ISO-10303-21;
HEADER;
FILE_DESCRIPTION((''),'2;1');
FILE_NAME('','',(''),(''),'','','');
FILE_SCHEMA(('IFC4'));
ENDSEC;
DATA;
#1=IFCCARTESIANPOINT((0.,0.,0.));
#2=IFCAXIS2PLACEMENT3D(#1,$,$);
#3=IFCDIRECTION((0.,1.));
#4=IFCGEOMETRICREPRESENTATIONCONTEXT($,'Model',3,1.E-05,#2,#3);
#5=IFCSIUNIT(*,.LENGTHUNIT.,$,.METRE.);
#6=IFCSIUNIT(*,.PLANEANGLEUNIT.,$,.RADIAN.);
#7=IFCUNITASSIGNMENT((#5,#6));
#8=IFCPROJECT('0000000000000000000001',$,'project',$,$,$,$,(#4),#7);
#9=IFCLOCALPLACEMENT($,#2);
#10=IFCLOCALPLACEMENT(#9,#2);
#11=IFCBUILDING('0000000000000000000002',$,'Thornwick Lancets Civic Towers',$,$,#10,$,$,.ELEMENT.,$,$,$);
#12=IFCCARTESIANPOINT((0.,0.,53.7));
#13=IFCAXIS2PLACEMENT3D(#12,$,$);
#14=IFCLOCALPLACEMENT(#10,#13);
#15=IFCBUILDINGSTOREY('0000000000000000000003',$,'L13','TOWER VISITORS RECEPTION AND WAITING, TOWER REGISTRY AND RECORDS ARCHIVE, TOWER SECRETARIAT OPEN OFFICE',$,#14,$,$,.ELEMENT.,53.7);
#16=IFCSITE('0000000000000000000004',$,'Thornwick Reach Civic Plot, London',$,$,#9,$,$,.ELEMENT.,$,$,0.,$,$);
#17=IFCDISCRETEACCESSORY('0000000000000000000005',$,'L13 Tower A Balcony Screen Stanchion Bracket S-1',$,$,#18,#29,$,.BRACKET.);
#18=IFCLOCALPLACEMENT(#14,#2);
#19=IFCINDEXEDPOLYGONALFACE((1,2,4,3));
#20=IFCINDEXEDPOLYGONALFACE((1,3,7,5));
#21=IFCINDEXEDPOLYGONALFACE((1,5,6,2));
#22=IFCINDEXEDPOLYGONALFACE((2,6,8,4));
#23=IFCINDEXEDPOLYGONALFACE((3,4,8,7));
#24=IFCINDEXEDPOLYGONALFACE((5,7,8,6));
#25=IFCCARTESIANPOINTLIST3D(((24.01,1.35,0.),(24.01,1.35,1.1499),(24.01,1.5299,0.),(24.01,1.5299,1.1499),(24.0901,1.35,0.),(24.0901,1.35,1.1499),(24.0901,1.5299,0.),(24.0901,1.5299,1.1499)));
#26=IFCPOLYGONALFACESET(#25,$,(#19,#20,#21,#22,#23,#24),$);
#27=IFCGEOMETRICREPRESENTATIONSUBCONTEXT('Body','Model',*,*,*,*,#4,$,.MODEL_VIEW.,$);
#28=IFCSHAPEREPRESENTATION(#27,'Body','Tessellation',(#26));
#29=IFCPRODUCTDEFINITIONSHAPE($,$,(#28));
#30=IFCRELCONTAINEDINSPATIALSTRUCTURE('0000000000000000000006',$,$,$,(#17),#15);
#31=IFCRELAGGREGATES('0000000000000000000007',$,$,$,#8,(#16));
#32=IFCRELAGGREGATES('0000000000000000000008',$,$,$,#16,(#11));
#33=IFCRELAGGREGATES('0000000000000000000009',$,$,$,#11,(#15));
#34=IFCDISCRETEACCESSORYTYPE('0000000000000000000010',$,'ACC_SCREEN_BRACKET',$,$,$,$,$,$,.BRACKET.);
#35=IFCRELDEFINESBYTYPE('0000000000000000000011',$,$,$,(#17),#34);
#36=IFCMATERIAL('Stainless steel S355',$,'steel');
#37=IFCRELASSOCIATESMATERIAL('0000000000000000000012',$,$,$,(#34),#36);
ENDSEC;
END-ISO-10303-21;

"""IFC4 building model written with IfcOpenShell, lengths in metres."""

from ifc_helpers import new_model, si_unit, direction, frame, origin, origin_2d, place, context, subcontext, project, spatial, rectangle, extrude, material, type_object, element, save


model = new_model("IFC4")

# Units and contexts
model_context = context("Model", 3, precision=1e-05, world=origin(), true_north=direction((0.0, 1.0)))
body_context = subcontext(model_context, "Body", "Model", "MODEL_VIEW")
ifc_project = project(units=[si_unit("LENGTHUNIT", "METRE"), si_unit("PLANEANGLEUNIT", "RADIAN")], contexts=[model_context])

# Site, building, storey
site_placement = place(None, origin())
site = spatial("IfcSite", under=ifc_project, at=site_placement, Name="Thornwick Reach Civic Plot, London", CompositionType="ELEMENT", RefElevation=0.0)
building_placement = place(site_placement, origin())
building = spatial("IfcBuilding", under=site, at=building_placement, Name="Thornwick Lancets Civic Towers", CompositionType="ELEMENT")
storey_placement = place(building_placement, frame((0.0, 0.0, 53.7)))
storey = spatial("IfcBuildingStorey", under=building, at=storey_placement, Name="L13", Description="TOWER VISITORS RECEPTION AND WAITING, TOWER REGISTRY AND RECORDS ARCHIVE, TOWER SECRETARIAT OPEN OFFICE", CompositionType="ELEMENT", Elevation=53.7)

# Discrete accessory
ifc_material_1 = material(Name="Stainless steel S355", Category="steel")
discrete_accessory_type = type_object("IfcDiscreteAccessoryType", Name="ACC_SCREEN_BRACKET", PredefinedType="BRACKET", material=ifc_material_1)
discrete_accessory_placement = place(storey_placement, frame((24.05, 1.4399, 0.0), z_axis=(0.0, 0.0, 1.0), x_axis=(1.0, 0.0, 0.0)))
element("IfcDiscreteAccessory", 1, at=discrete_accessory_placement, inside=storey, type_object=discrete_accessory_type, Name="L13 Tower A Balcony Screen Stanchion Bracket S-1", PredefinedType="BRACKET", context=body_context, shape_type="SweptSolid", body=[
    extrude(rectangle(XDim=0.0801, YDim=0.1799, at=origin_2d()), origin(), (0.0, 0.0, 1.0), 1.1499),
])

save(model, "model.ifc")
